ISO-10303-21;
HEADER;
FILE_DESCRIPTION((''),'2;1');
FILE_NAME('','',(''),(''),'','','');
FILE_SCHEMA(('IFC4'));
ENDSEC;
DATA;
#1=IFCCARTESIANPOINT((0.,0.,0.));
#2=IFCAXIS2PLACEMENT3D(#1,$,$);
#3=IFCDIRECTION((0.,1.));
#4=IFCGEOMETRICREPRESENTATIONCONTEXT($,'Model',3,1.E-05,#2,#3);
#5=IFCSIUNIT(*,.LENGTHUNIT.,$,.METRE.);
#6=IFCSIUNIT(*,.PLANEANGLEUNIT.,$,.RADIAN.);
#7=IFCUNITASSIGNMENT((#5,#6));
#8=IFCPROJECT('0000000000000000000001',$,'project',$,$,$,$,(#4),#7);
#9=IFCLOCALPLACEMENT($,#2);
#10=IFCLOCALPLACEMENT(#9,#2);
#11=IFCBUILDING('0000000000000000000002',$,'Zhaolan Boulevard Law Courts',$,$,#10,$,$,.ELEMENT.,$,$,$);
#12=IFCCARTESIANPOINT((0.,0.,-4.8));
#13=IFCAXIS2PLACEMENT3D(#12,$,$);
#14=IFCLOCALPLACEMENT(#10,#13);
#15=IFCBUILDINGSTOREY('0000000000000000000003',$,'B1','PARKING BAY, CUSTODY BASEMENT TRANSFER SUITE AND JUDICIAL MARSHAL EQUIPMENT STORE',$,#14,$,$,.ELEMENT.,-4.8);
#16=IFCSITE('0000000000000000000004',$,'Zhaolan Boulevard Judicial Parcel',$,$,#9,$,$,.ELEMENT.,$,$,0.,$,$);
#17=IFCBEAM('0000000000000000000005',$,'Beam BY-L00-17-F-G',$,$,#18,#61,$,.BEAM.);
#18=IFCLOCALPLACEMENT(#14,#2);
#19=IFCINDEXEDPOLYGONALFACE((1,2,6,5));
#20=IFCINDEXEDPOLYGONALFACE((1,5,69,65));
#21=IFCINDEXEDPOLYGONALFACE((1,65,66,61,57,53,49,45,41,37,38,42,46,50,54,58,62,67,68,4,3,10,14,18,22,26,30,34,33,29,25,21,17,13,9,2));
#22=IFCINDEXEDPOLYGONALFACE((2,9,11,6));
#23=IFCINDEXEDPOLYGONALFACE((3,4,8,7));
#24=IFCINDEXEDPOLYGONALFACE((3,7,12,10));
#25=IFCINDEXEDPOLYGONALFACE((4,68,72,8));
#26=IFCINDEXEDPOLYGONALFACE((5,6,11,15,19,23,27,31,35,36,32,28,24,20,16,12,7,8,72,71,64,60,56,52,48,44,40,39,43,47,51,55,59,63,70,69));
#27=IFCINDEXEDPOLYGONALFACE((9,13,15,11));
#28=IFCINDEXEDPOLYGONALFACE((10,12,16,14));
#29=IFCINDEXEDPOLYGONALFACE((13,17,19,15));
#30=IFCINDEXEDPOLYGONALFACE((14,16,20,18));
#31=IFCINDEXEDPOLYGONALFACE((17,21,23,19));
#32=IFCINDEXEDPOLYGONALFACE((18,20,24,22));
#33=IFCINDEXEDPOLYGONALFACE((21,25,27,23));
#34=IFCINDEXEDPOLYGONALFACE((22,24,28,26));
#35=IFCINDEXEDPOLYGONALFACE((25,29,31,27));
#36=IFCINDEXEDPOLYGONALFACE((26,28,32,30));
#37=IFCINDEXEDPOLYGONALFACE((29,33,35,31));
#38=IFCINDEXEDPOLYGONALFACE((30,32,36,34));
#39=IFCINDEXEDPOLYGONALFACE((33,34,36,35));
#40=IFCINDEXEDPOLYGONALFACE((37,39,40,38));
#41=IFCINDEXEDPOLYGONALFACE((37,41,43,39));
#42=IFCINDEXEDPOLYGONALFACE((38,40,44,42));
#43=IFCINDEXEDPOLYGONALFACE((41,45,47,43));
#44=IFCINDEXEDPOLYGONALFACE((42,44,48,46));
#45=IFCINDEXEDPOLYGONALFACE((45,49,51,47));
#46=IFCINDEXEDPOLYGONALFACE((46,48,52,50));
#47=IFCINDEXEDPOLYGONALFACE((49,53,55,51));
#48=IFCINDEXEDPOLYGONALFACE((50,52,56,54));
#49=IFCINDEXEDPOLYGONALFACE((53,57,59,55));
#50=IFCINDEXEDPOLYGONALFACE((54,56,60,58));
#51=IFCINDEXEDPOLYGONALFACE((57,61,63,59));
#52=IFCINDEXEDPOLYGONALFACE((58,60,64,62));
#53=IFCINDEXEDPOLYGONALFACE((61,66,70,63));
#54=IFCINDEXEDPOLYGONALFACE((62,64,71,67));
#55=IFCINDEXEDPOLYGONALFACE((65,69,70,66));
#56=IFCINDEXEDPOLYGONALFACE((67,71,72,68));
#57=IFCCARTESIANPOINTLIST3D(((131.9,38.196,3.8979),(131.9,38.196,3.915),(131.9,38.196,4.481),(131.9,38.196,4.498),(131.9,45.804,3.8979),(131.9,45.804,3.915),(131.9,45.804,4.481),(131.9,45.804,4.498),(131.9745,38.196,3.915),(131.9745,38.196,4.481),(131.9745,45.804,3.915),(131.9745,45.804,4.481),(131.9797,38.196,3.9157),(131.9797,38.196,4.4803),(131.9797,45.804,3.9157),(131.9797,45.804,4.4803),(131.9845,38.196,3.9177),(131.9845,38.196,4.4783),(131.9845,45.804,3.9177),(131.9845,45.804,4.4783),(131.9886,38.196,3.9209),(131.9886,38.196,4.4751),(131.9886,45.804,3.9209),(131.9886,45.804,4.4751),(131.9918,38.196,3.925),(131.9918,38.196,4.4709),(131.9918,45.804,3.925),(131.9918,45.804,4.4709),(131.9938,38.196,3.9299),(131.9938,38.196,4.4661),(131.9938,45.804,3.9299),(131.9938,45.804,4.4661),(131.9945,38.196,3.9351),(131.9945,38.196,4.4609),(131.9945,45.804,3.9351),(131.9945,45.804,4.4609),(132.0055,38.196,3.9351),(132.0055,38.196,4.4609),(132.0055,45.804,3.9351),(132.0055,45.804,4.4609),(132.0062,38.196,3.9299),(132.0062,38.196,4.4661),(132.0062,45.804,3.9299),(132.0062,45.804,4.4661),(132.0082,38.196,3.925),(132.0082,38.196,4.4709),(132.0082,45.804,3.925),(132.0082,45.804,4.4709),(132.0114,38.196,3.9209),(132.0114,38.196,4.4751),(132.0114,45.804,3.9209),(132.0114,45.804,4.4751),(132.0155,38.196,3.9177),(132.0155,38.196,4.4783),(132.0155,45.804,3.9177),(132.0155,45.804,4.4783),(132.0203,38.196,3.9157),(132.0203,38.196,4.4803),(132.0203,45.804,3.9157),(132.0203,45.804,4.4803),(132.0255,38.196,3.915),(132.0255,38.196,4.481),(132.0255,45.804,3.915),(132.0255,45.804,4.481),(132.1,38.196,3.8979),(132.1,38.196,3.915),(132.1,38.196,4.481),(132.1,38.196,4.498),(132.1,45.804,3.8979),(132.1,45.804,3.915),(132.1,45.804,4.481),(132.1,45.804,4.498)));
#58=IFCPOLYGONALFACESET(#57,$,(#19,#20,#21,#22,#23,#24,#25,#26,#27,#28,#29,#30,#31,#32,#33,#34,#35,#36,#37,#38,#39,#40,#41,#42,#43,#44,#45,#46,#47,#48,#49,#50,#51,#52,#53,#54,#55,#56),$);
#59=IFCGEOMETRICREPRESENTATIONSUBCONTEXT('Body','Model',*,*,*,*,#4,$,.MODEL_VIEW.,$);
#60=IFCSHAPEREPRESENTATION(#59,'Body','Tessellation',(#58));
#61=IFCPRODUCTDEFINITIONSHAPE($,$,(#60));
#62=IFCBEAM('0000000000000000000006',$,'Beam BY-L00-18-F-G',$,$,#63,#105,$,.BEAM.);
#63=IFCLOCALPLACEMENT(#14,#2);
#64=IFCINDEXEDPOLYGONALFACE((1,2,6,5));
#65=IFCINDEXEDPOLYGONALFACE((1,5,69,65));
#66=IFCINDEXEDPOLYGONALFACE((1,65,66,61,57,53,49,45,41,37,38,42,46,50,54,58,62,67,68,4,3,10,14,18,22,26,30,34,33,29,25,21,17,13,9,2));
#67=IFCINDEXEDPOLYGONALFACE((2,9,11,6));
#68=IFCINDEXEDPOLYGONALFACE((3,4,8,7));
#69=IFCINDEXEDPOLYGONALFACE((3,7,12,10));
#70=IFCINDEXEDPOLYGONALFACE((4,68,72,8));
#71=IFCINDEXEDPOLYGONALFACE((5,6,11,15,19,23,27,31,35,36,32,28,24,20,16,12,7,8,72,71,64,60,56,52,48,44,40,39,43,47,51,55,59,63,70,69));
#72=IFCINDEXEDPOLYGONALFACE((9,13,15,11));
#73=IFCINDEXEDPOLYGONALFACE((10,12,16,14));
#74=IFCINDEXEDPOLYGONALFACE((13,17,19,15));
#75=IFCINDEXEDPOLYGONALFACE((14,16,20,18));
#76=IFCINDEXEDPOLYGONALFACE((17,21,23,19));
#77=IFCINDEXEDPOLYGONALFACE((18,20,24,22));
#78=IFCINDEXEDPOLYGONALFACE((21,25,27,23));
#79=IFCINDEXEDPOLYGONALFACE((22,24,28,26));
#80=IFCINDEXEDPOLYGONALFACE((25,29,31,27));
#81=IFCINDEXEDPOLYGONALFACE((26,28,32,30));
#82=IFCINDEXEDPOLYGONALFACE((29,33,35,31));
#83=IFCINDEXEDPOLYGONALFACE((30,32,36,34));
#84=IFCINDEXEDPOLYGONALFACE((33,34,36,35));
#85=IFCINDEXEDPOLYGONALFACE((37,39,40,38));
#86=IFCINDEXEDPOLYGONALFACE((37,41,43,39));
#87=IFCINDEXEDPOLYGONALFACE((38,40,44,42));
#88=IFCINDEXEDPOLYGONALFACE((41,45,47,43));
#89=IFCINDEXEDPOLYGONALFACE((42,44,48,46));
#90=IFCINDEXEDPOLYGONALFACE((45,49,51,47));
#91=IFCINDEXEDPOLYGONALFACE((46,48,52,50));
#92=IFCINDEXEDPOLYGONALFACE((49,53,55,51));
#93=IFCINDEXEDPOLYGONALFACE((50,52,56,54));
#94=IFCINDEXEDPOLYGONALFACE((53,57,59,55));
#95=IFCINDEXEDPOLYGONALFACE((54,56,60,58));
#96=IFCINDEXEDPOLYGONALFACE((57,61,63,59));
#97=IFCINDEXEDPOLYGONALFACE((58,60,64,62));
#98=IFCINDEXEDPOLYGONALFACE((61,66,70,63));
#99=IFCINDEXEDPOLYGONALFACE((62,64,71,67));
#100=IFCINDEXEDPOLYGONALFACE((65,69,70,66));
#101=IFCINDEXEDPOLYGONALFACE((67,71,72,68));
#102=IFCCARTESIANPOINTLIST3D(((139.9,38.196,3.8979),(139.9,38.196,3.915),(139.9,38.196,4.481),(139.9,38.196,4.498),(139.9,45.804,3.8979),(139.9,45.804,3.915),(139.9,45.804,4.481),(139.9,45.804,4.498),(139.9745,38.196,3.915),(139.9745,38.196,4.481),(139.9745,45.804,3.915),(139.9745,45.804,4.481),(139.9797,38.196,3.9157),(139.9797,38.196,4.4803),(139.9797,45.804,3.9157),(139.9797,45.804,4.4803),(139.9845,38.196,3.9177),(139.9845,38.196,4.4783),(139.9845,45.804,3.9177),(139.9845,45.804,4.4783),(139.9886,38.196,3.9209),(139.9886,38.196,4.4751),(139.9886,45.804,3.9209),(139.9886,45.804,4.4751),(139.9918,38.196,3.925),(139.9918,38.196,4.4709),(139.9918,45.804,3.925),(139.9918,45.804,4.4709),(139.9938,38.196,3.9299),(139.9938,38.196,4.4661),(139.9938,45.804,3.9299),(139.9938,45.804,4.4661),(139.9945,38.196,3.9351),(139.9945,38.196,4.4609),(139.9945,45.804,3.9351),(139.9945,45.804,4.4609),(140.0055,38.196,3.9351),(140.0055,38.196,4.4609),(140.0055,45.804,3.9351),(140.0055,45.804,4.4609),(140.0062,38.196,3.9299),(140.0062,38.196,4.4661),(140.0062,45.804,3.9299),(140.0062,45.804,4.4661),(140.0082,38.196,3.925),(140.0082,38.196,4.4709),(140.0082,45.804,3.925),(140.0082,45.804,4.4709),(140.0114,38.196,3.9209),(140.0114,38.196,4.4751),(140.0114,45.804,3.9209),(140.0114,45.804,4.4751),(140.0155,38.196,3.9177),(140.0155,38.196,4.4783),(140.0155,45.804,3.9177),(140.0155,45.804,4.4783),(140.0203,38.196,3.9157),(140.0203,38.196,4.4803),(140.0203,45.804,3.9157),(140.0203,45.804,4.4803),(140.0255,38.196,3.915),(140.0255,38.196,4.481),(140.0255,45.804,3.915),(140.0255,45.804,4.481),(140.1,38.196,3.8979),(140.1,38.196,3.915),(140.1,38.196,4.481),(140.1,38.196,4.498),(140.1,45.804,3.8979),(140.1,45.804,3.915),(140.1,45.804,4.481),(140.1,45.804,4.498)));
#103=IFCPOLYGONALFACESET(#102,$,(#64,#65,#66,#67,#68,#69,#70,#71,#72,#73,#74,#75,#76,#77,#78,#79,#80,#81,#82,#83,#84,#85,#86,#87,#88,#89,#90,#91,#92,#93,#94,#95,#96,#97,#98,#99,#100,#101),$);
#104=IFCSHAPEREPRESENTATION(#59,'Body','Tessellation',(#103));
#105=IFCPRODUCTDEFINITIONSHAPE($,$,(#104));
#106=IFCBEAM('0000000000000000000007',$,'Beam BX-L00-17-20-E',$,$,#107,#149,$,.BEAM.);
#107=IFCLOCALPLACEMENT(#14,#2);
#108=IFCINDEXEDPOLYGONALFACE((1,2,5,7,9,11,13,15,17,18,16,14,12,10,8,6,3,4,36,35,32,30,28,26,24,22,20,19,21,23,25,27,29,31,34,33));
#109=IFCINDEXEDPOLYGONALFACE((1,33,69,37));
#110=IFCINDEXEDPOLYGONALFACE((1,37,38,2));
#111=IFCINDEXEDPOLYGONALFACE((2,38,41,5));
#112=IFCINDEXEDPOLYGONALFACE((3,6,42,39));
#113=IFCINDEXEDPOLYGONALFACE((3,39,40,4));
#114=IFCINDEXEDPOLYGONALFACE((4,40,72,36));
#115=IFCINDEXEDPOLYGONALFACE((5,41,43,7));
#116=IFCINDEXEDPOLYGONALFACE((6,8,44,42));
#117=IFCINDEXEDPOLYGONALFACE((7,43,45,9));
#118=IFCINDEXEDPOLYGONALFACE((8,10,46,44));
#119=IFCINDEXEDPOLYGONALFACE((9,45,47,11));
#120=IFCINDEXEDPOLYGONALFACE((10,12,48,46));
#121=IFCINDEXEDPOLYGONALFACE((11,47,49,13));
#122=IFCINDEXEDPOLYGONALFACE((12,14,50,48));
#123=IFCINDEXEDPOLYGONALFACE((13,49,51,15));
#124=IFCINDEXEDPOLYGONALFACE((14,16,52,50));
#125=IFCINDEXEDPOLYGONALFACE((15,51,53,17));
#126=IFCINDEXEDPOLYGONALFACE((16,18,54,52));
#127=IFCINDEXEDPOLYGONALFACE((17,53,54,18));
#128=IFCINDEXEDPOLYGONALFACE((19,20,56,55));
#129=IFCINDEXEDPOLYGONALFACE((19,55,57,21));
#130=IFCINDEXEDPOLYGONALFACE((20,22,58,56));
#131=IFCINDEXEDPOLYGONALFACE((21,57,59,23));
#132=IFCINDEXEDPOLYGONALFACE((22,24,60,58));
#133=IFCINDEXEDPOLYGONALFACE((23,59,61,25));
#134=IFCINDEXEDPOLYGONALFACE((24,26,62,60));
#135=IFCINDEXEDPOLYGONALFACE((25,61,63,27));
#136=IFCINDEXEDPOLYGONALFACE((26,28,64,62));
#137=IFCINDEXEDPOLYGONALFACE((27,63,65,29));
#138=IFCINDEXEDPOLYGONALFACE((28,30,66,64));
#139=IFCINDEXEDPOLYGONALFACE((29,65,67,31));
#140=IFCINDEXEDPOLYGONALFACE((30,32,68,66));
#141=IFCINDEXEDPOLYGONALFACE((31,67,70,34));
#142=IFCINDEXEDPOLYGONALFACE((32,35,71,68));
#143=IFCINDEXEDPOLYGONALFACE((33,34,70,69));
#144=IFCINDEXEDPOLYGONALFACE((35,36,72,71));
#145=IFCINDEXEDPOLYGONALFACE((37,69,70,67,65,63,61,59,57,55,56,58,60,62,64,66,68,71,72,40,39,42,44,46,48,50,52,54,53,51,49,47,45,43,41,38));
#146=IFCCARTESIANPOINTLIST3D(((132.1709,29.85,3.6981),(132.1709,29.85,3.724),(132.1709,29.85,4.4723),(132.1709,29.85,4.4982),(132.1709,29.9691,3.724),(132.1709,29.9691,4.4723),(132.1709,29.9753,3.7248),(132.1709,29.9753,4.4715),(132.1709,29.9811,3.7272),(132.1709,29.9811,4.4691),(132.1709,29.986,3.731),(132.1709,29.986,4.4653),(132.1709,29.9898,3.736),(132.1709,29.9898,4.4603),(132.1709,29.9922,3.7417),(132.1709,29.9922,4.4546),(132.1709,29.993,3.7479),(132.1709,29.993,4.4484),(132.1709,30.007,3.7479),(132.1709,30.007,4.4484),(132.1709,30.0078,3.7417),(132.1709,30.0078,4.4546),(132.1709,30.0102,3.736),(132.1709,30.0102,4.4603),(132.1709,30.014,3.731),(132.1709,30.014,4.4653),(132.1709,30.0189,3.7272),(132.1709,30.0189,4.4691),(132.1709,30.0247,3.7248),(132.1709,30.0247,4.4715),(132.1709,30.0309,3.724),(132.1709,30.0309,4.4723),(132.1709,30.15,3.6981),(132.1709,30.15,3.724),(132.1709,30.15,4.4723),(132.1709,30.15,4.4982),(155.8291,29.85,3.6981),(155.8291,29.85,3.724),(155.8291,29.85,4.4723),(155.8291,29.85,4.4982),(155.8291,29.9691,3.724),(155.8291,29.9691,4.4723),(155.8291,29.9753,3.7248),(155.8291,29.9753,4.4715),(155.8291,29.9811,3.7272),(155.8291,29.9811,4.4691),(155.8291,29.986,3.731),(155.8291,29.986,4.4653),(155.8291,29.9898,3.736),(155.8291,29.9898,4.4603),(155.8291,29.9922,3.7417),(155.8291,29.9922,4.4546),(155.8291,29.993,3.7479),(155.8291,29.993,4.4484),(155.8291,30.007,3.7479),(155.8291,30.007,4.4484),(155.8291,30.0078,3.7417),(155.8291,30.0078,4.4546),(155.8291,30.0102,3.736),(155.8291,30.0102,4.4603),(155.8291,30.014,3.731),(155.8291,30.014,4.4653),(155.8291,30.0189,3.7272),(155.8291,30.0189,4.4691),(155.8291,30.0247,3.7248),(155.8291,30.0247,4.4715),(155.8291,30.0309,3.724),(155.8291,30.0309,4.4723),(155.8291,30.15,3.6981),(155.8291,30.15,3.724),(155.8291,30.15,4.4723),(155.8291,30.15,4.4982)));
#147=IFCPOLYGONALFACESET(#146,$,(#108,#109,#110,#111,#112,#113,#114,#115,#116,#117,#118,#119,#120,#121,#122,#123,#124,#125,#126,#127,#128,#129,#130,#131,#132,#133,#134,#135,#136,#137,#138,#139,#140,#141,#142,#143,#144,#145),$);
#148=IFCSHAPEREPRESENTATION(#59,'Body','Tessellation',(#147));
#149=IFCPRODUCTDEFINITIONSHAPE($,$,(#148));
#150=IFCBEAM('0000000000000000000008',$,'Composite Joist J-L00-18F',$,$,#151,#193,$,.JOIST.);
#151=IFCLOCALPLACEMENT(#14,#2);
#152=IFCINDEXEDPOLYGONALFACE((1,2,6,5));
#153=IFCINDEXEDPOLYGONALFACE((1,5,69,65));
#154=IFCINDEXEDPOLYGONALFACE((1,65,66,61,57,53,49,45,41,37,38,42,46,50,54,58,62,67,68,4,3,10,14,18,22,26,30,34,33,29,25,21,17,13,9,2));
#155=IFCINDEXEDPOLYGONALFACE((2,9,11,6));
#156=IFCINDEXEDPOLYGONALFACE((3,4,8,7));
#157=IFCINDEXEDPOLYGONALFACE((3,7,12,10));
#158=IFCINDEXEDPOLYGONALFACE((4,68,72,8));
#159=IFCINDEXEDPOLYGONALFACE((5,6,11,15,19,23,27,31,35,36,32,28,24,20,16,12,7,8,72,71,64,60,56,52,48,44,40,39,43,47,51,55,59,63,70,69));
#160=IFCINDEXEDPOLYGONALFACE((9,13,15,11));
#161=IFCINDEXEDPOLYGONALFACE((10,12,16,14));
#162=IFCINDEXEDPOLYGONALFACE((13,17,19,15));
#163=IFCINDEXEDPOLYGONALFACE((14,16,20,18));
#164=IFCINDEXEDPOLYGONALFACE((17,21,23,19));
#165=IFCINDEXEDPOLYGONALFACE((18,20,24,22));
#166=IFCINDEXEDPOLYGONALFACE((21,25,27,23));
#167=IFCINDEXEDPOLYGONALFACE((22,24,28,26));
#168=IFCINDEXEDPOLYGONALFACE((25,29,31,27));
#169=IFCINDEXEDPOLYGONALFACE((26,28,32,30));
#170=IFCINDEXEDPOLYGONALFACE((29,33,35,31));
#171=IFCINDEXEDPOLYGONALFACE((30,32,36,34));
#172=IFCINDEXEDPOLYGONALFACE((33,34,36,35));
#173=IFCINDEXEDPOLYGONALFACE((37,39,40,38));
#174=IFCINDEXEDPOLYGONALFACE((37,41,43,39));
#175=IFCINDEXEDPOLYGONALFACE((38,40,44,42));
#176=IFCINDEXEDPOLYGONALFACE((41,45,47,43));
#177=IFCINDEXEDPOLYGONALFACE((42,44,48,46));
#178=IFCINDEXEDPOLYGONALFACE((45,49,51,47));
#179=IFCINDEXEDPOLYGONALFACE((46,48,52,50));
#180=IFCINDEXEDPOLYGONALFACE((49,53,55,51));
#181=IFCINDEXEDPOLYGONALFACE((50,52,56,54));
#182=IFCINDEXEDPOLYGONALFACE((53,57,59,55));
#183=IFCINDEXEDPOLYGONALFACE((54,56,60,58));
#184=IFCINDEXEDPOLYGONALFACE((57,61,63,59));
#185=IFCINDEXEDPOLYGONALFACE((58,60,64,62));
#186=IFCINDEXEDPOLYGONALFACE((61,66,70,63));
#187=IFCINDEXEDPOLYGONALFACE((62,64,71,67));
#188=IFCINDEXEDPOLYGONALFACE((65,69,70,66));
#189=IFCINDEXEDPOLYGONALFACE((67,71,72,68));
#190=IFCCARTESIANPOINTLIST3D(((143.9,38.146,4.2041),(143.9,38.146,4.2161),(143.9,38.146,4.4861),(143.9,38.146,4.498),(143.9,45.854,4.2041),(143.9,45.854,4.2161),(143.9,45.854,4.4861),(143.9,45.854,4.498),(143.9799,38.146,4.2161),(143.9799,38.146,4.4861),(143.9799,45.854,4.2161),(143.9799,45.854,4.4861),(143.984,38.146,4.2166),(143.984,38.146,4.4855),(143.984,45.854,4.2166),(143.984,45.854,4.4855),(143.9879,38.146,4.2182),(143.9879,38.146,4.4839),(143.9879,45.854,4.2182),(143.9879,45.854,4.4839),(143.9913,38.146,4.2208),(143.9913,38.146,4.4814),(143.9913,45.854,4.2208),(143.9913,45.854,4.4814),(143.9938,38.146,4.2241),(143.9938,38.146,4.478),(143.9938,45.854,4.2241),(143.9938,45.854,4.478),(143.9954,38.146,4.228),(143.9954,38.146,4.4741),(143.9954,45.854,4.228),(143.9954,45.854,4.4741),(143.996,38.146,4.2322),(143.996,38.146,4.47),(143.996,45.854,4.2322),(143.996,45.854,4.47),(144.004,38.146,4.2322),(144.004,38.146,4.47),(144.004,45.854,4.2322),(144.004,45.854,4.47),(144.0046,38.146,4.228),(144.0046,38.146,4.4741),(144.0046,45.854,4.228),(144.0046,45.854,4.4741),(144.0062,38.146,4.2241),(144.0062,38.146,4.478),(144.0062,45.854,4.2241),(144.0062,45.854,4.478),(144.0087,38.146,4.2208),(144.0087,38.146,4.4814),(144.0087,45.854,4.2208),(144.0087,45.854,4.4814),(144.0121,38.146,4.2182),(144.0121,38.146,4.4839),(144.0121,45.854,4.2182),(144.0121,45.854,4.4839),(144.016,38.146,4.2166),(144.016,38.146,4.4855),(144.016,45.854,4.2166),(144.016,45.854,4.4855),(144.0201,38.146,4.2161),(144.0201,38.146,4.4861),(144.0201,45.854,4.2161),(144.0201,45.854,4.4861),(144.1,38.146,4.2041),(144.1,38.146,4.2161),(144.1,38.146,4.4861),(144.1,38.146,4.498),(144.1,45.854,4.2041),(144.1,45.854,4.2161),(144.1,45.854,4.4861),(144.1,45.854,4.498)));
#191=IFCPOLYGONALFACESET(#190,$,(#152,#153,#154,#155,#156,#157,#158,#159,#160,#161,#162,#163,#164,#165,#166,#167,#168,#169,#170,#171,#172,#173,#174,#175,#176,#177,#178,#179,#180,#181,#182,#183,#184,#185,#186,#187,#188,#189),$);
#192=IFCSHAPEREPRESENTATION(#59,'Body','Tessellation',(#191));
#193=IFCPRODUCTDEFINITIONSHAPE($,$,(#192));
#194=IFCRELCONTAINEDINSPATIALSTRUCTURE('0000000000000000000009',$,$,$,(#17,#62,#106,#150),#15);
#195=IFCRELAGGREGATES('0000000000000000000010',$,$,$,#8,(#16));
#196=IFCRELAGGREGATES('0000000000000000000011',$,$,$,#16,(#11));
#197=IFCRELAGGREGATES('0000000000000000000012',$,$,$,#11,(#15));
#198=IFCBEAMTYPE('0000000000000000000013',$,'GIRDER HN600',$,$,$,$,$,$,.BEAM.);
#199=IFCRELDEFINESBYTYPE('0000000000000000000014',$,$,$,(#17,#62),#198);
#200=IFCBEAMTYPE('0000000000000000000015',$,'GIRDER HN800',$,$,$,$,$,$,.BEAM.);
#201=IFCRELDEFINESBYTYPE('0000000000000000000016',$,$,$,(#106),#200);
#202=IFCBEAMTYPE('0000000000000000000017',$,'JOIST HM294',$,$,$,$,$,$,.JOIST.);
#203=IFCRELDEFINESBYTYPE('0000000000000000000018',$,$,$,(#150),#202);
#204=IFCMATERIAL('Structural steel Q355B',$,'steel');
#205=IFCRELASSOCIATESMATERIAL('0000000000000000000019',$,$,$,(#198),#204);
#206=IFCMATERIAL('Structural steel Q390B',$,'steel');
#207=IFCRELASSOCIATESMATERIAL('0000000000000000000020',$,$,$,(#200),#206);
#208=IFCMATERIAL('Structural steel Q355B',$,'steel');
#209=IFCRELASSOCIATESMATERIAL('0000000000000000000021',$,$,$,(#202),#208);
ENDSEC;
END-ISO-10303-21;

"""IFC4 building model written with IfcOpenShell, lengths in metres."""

from ifc_helpers import new_model, si_unit, direction, frame, origin, origin_2d, place, context, subcontext, project, spatial, i_section, extrude, material, material_profile, profile_set, type_object, element, save


model = new_model("IFC4")

# Units and contexts
model_context = context("Model", 3, precision=1e-05, world=origin(), true_north=direction((0.0, 1.0)))
body_context = subcontext(model_context, "Body", "Model", "MODEL_VIEW")
ifc_project = project(units=[si_unit("LENGTHUNIT", "METRE"), si_unit("PLANEANGLEUNIT", "RADIAN")], contexts=[model_context])

# Site, building, storey
site_placement = place(None, origin())
site = spatial("IfcSite", under=ifc_project, at=site_placement, Name="Zhaolan Boulevard Judicial Parcel", CompositionType="ELEMENT", RefElevation=0.0)
building_placement = place(site_placement, origin())
building = spatial("IfcBuilding", under=site, at=building_placement, Name="Zhaolan Boulevard Law Courts", CompositionType="ELEMENT")
storey_placement = place(building_placement, frame((0.0, 0.0, -4.8)))
storey = spatial("IfcBuildingStorey", under=building, at=storey_placement, Name="B1", Description="PARKING BAY, CUSTODY BASEMENT TRANSFER SUITE AND JUDICIAL MARSHAL EQUIPMENT STORE", CompositionType="ELEMENT", Elevation=-4.8)

# Beams
ifc_material_1 = material(Name="Structural steel Q355B", Category="steel")
ifc_material_profile_1 = material_profile(ifc_material_1, i_section(OverallWidth=0.2, OverallDepth=0.6001, WebThickness=0.011, FlangeThickness=0.0171, FilletRadius=0.02, at=origin_2d()), Name="HN600x200")
ifc_profile_set_1 = profile_set([ifc_material_profile_1], Name="Structural steel Q355B")
beam_type_1 = type_object("IfcBeamType", Name="GIRDER HN600", PredefinedType="BEAM", material=ifc_profile_set_1)
for number, where, z_axis, x_axis, name in (
    (1, (132.0, 38.196, 4.198), (0.0, 1.0, 0.0), (-1.0, 0.0, 0.0), "Beam BY-L00-17-F-G"),
    (2, (140.0, 38.196, 4.198), (0.0, 1.0, 0.0), (-1.0, 0.0, 0.0), "Beam BY-L00-18-F-G"),
):
    element("IfcBeam", number, at=place(storey_placement, frame(where, z_axis=z_axis, x_axis=x_axis)), inside=storey, type_object=beam_type_1, Name=name, PredefinedType="BEAM", context=body_context, shape_type="SweptSolid", body=[
        extrude(i_section(OverallWidth=0.2, OverallDepth=0.6001, WebThickness=0.011, FlangeThickness=0.0171, FilletRadius=0.02, at=origin_2d()), origin(), (0.0, 0.0, 1.0), 7.6079),
    ])
ifc_material_2 = material(Name="Structural steel Q390B", Category="steel")
ifc_material_profile_2 = material_profile(ifc_material_2, i_section(OverallWidth=0.3, OverallDepth=0.8, WebThickness=0.0139, FlangeThickness=0.0259, FilletRadius=0.0239, at=origin_2d()), Name="HN800x300")
ifc_profile_set_2 = profile_set([ifc_material_profile_2], Name="Structural steel Q390B")
beam_type_2 = type_object("IfcBeamType", Name="GIRDER HN800", PredefinedType="BEAM", material=ifc_profile_set_2)
beam_1_placement = place(storey_placement, frame((132.1709, 30.0, 4.0981), z_axis=(1.0, 0.0, 0.0), x_axis=(0.0, 1.0, 0.0)))
element("IfcBeam", 3, at=beam_1_placement, inside=storey, type_object=beam_type_2, Name="Beam BX-L00-17-20-E", PredefinedType="BEAM", context=body_context, shape_type="SweptSolid", body=[
    extrude(i_section(OverallWidth=0.3, OverallDepth=0.8, WebThickness=0.0139, FlangeThickness=0.0259, FilletRadius=0.0239, at=origin_2d()), origin(), (0.0, 0.0, 1.0), 23.6582),
])
ifc_material_3 = material(Name="Structural steel Q355B", Category="steel")
ifc_material_profile_3 = material_profile(ifc_material_3, i_section(OverallWidth=0.2, OverallDepth=0.2939, WebThickness=0.0081, FlangeThickness=0.012, FilletRadius=0.0161, at=origin_2d()), Name="HM294x200")
ifc_profile_set_3 = profile_set([ifc_material_profile_3], Name="Structural steel Q355B")
beam_type_3 = type_object("IfcBeamType", Name="JOIST HM294", PredefinedType="JOIST", material=ifc_profile_set_3)
beam_2_placement = place(storey_placement, frame((144.0, 38.146, 4.3511), z_axis=(0.0, 1.0, 0.0), x_axis=(-1.0, 0.0, 0.0)))
element("IfcBeam", 4, at=beam_2_placement, inside=storey, type_object=beam_type_3, Name="Composite Joist J-L00-18F", PredefinedType="JOIST", context=body_context, shape_type="SweptSolid", body=[
    extrude(i_section(OverallWidth=0.2, OverallDepth=0.2939, WebThickness=0.0081, FlangeThickness=0.012, FilletRadius=0.0161, at=origin_2d()), origin(), (0.0, 0.0, 1.0), 7.708),
])

save(model, "model.ifc")
